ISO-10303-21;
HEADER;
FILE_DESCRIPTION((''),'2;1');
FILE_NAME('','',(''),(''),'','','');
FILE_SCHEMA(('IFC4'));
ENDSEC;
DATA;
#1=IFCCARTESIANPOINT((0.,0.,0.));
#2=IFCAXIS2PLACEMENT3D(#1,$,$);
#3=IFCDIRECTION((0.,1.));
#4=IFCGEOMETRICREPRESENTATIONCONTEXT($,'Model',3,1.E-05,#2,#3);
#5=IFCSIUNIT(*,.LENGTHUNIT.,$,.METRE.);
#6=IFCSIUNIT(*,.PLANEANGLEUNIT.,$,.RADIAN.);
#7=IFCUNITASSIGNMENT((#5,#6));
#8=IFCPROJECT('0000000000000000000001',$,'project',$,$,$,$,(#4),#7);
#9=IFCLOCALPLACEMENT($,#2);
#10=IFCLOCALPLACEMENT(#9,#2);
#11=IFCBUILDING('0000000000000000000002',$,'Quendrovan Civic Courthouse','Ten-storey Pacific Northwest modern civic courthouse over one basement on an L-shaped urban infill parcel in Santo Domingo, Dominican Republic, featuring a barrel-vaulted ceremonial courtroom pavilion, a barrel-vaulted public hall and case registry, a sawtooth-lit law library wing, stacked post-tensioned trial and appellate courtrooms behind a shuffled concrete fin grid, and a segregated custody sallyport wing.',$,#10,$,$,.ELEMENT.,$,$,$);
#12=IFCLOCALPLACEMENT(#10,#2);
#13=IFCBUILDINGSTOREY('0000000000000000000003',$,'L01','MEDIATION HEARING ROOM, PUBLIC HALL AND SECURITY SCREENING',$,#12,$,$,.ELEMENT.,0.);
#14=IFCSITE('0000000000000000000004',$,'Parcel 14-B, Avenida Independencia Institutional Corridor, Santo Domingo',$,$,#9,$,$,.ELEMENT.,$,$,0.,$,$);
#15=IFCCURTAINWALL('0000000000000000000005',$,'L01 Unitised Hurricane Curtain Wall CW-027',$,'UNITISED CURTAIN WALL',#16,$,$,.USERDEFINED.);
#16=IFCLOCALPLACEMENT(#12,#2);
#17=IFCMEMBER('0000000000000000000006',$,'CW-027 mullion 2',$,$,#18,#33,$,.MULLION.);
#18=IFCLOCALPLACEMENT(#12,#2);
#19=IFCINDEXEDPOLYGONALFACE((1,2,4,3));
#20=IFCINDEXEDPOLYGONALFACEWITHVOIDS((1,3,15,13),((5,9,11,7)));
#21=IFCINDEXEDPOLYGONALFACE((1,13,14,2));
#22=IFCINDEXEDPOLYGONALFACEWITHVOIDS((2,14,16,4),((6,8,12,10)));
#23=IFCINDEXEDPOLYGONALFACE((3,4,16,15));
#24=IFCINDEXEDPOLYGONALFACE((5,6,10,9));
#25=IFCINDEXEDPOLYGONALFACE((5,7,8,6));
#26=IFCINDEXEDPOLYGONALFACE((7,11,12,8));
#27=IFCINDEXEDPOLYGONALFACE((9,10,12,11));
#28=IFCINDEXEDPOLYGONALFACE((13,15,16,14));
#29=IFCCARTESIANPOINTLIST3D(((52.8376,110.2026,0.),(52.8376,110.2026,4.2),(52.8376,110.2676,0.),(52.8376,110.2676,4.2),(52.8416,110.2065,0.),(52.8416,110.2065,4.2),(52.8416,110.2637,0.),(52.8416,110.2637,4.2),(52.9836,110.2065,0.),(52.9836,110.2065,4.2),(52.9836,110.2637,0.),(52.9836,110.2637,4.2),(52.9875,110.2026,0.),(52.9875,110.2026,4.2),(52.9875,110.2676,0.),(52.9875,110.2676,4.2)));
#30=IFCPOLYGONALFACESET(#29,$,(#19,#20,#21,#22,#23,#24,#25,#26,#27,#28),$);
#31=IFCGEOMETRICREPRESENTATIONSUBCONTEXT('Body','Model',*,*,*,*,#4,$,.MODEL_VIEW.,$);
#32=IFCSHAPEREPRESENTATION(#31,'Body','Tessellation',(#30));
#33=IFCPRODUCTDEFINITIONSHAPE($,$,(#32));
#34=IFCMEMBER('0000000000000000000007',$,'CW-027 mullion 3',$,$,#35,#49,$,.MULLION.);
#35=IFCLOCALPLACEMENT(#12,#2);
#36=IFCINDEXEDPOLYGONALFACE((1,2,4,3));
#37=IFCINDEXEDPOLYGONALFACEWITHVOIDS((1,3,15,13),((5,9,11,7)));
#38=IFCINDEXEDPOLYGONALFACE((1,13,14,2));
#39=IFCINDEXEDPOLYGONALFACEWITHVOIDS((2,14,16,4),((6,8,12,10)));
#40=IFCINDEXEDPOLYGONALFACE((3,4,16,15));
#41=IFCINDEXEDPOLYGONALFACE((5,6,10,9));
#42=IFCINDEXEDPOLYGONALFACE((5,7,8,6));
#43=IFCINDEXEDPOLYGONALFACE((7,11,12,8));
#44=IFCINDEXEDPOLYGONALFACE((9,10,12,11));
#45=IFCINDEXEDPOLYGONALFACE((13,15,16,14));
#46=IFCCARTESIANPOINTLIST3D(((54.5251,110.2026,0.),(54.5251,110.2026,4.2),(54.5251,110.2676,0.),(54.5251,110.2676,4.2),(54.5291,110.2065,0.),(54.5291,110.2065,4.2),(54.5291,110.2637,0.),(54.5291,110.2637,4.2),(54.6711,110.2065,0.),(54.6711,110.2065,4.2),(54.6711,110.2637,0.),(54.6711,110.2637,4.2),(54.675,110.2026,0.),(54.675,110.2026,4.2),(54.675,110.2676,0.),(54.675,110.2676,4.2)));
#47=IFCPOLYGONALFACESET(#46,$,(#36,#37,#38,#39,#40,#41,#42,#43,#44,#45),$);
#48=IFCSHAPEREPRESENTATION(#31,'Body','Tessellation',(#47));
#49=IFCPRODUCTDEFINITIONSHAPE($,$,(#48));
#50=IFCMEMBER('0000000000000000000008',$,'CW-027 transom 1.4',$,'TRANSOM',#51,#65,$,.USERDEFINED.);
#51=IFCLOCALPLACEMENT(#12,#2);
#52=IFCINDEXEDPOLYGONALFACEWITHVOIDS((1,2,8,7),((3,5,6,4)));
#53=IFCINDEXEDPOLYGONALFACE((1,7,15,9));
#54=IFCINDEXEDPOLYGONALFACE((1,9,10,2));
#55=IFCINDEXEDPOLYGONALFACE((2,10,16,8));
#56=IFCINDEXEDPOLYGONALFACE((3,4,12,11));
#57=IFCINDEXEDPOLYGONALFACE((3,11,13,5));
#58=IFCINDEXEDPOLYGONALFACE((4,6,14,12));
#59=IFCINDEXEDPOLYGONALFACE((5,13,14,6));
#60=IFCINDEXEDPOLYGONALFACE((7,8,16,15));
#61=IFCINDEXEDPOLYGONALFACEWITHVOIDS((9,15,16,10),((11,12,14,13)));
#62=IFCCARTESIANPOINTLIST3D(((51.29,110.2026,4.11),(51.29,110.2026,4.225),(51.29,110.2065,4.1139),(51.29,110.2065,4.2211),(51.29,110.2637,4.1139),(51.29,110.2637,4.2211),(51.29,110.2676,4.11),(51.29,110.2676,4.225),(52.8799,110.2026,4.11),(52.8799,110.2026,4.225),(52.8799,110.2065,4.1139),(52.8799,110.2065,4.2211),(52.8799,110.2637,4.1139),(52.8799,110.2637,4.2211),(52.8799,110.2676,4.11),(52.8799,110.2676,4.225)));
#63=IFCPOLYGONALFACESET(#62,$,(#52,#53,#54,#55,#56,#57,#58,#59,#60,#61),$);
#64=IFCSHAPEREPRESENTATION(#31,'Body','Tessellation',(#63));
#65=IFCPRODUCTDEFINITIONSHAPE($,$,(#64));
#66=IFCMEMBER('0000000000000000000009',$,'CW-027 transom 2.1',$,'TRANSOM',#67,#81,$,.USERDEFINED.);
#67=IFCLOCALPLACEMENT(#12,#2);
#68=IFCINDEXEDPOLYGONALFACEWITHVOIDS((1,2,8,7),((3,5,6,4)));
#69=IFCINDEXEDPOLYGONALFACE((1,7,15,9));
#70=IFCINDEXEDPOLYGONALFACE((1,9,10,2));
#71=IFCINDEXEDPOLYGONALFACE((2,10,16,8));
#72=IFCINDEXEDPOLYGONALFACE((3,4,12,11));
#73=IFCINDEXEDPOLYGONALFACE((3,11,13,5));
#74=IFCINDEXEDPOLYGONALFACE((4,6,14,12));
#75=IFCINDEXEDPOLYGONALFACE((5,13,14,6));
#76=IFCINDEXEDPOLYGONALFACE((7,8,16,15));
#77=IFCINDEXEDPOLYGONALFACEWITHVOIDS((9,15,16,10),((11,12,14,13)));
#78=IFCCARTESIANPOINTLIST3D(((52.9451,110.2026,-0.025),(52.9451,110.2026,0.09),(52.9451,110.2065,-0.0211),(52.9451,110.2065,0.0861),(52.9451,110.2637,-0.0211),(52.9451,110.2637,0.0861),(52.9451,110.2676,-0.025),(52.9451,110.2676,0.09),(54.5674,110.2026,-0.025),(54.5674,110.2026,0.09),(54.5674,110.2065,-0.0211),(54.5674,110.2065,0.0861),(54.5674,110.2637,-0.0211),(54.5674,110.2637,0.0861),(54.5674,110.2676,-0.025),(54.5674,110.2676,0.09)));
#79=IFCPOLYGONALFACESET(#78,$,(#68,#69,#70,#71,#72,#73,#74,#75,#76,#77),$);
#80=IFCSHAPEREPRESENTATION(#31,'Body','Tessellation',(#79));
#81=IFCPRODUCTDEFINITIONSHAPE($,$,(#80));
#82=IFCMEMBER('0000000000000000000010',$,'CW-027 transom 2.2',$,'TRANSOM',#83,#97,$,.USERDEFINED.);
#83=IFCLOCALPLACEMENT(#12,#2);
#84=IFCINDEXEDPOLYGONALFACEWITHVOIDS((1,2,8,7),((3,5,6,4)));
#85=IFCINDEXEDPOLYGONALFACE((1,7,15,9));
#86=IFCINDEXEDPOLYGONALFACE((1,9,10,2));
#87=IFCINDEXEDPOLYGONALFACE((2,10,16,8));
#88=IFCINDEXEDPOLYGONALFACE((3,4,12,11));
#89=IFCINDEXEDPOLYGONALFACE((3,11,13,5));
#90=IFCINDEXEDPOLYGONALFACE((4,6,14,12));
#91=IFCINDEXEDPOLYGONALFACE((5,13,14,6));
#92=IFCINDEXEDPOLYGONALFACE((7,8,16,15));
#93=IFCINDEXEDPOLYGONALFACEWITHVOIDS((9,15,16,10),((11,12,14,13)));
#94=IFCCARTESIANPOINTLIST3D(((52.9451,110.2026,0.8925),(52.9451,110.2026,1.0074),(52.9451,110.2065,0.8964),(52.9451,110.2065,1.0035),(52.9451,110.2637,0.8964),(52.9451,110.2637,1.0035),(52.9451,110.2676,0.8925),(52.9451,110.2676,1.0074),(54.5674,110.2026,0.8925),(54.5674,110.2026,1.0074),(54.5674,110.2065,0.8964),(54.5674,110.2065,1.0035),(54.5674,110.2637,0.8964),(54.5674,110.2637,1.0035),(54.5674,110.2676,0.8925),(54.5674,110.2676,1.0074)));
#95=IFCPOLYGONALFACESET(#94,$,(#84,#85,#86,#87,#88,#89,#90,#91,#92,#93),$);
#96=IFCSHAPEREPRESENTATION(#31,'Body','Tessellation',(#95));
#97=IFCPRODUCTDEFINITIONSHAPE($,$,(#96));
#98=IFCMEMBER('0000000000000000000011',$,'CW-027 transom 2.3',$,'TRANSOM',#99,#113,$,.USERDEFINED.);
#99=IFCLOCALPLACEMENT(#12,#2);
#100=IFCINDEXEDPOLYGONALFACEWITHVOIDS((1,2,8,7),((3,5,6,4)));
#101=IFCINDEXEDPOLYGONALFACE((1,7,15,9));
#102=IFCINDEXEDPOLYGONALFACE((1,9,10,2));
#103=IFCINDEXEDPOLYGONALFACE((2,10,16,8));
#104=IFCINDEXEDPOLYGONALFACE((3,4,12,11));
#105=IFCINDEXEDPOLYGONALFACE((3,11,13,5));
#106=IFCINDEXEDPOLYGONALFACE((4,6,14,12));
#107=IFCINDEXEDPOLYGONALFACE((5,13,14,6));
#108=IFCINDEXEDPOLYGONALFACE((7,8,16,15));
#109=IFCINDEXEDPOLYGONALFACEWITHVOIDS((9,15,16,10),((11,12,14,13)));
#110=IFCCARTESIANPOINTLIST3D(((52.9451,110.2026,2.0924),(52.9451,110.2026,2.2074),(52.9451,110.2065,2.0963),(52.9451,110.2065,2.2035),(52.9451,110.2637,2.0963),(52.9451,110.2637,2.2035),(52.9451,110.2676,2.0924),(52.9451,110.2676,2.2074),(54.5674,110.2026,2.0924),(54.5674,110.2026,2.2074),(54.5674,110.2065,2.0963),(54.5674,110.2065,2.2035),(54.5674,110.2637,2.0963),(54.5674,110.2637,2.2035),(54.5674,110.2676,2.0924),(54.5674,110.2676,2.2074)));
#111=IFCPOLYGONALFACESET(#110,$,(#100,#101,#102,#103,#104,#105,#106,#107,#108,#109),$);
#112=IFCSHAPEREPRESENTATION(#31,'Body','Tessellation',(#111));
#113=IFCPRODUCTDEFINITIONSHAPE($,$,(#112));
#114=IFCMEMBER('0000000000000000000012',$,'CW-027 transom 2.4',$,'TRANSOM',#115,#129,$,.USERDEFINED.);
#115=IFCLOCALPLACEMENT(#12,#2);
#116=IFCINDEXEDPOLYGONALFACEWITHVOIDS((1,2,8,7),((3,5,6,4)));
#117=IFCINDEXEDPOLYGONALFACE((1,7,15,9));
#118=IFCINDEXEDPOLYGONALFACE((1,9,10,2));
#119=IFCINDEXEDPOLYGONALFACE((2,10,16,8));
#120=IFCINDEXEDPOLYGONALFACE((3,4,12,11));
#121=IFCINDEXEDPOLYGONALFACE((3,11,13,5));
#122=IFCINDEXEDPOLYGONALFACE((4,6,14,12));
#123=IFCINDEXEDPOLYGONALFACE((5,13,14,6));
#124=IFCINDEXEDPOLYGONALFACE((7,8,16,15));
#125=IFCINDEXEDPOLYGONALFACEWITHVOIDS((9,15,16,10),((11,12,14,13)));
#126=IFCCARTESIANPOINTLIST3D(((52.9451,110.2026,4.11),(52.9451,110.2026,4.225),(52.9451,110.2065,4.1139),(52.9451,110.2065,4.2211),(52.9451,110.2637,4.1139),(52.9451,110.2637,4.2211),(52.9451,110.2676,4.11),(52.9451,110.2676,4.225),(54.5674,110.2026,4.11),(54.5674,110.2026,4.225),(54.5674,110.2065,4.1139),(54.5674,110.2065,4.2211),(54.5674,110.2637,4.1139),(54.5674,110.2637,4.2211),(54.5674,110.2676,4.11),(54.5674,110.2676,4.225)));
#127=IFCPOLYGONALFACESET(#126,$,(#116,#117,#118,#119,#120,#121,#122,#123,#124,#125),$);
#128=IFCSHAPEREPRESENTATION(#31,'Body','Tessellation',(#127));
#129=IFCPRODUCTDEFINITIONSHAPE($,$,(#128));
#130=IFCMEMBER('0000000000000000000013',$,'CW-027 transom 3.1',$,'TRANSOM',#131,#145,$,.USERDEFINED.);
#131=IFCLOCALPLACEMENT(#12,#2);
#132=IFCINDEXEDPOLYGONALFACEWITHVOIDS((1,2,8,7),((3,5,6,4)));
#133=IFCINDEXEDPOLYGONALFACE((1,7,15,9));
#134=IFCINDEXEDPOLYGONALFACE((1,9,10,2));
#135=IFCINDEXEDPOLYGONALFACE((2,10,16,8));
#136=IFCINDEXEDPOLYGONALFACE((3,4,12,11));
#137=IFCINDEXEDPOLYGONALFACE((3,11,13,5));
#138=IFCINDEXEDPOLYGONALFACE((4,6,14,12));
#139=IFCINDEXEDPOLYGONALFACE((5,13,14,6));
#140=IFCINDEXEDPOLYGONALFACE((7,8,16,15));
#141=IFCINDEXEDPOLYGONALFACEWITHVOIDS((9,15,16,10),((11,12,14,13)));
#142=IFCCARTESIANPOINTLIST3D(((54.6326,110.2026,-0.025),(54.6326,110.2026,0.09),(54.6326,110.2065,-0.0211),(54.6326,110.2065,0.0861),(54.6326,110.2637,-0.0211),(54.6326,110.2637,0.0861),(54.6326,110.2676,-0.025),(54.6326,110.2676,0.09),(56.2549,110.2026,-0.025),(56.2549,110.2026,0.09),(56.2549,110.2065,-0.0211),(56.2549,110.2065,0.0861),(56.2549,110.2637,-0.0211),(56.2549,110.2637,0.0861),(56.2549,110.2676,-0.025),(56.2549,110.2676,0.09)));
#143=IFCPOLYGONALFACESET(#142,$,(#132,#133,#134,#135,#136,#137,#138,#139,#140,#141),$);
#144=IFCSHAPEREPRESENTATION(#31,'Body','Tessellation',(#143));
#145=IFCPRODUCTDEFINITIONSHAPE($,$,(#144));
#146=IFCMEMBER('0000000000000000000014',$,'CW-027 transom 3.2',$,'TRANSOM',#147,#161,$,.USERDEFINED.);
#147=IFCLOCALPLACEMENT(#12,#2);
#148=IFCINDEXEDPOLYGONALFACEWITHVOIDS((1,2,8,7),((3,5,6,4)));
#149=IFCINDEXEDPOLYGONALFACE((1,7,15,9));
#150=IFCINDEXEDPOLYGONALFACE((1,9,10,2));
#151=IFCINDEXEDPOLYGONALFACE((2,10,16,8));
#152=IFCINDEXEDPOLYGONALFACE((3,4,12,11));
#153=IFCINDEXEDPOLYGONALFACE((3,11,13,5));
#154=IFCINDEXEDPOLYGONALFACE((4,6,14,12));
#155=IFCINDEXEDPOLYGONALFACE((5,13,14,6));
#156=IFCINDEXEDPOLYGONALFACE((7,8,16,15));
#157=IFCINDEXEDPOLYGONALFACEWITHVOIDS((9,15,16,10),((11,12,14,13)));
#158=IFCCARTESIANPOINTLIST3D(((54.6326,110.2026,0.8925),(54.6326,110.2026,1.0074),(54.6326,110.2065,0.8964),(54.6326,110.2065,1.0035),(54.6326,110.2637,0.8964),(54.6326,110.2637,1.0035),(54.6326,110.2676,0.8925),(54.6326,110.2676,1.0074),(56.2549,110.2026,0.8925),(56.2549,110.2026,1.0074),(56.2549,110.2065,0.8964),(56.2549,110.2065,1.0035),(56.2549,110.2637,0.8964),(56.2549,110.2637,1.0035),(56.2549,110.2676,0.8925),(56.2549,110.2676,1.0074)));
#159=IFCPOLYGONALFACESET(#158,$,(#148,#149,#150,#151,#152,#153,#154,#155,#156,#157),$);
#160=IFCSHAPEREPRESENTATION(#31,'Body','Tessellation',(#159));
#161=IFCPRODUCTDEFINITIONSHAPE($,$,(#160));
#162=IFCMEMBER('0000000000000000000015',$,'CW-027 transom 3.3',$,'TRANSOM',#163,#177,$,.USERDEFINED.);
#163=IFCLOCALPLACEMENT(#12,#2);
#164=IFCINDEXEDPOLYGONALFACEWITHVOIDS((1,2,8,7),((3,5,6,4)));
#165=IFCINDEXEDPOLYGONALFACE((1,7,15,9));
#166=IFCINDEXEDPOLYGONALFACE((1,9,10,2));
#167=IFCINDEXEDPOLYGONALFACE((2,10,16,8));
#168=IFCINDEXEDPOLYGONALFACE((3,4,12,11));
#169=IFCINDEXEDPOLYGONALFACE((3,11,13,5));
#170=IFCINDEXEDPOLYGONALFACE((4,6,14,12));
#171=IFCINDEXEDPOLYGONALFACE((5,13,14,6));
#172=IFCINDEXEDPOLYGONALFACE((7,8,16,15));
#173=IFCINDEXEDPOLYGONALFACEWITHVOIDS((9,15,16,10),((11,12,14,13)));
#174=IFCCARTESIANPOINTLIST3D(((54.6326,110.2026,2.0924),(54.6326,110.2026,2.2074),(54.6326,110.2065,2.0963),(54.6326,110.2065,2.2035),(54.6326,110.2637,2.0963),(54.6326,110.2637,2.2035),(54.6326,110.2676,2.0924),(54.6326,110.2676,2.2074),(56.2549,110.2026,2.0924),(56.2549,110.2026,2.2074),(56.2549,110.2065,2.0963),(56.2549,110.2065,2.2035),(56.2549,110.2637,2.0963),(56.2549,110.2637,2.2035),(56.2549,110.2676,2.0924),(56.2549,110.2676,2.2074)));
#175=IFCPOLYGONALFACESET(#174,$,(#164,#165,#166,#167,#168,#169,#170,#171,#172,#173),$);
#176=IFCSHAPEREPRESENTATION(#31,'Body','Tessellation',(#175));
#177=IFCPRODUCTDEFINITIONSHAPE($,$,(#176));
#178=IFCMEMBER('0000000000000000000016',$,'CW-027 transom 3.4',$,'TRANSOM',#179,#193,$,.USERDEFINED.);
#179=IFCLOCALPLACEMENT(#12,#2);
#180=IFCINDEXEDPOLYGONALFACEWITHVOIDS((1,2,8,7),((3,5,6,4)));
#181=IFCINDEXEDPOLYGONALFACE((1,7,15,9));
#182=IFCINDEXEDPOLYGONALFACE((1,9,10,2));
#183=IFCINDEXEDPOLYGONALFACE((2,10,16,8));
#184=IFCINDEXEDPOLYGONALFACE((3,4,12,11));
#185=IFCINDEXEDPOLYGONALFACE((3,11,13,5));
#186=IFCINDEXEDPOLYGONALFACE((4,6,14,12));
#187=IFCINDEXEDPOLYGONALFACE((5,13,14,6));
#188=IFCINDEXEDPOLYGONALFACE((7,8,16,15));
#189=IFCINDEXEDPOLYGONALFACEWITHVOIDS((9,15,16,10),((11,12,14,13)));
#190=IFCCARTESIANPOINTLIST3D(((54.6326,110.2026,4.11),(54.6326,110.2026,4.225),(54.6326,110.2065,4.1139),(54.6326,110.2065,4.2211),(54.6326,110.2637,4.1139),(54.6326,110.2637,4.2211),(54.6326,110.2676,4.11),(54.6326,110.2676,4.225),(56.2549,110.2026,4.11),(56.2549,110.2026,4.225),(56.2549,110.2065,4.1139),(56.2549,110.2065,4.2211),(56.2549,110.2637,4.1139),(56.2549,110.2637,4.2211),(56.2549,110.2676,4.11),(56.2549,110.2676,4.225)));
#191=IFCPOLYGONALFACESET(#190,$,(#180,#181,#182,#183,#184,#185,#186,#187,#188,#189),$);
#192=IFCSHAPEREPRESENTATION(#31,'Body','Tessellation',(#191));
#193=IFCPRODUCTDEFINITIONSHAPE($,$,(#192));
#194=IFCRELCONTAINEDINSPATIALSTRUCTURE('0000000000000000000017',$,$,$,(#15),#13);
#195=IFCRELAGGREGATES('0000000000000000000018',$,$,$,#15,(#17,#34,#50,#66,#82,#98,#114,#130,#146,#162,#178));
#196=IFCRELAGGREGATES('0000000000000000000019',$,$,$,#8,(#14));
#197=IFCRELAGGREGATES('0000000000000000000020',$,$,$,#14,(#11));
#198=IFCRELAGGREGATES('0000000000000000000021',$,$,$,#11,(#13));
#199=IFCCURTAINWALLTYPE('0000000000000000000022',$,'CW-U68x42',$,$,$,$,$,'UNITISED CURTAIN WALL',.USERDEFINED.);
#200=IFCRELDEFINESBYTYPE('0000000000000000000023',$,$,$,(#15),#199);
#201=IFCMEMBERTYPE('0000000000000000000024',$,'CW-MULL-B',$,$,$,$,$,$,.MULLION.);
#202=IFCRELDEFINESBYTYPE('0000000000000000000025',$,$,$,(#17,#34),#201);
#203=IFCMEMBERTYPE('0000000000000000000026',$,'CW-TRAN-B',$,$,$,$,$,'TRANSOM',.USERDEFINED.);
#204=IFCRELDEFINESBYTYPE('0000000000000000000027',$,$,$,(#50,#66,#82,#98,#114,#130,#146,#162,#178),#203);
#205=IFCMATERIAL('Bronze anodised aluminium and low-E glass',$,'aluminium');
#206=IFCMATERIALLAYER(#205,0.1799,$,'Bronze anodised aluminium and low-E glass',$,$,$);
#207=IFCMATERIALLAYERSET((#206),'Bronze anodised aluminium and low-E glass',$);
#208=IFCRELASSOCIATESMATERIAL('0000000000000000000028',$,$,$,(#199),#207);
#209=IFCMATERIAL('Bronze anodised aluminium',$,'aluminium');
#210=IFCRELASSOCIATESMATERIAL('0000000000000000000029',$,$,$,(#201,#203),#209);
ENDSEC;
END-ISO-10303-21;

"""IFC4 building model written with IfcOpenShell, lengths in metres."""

from ifc_helpers import new_model, si_unit, direction, frame, origin, origin_2d, place, context, subcontext, project, spatial, hollow_rectangle, extrude, material, layer, layer_set, material_profile, profile_set, type_object, element, aggregate, save


model = new_model("IFC4")

# Units and contexts
model_context = context("Model", 3, precision=1e-05, world=origin(), true_north=direction((0.0, 1.0)))
body_context = subcontext(model_context, "Body", "Model", "MODEL_VIEW")
ifc_project = project(units=[si_unit("LENGTHUNIT", "METRE"), si_unit("PLANEANGLEUNIT", "RADIAN")], contexts=[model_context])

# Site, building, storey
site_placement = place(None, origin())
site = spatial("IfcSite", under=ifc_project, at=site_placement, Name="Parcel 14-B, Avenida Independencia Institutional Corridor, Santo Domingo", CompositionType="ELEMENT", RefElevation=0.0)
building_placement = place(site_placement, origin())
building = spatial("IfcBuilding", under=site, at=building_placement, Name="Quendrovan Civic Courthouse", Description="Ten-storey Pacific Northwest modern civic courthouse over one basement on an L-shaped urban infill parcel in Santo Domingo, Dominican Republic, featuring a barrel-vaulted ceremonial courtroom pavilion, a barrel-vaulted public hall and case registry, a sawtooth-lit law library wing, stacked post-tensioned trial and appellate courtrooms behind a shuffled concrete fin grid, and a segregated custody sallyport wing.", CompositionType="ELEMENT")
storey_placement = place(building_placement, origin())
storey = spatial("IfcBuildingStorey", under=building, at=storey_placement, Name="L01", Description="MEDIATION HEARING ROOM, PUBLIC HALL AND SECURITY SCREENING", CompositionType="ELEMENT", Elevation=0.0)

# Curtain wall, members
ifc_material_1 = material(Name="Bronze anodised aluminium and low-E glass", Category="aluminium")
ifc_layer_1 = layer(ifc_material_1, 0.1799, Name="Bronze anodised aluminium and low-E glass")
ifc_layer_set_1 = layer_set([ifc_layer_1], Name="Bronze anodised aluminium and low-E glass")
curtain_wall_type = type_object("IfcCurtainWallType", Name="CW-U68x42", ElementType="UNITISED CURTAIN WALL", PredefinedType="USERDEFINED", material=ifc_layer_set_1)
curtain_wall_placement = place(storey_placement, origin())
curtain_wall = element("IfcCurtainWall", 1, at=curtain_wall_placement, inside=storey, type_object=curtain_wall_type, Name="L01 Unitised Hurricane Curtain Wall CW-027", ObjectType="UNITISED CURTAIN WALL", PredefinedType="USERDEFINED")
ifc_material_2 = material(Name="Bronze anodised aluminium", Category="aluminium")
ifc_material_profile_1 = material_profile(ifc_material_2, hollow_rectangle(XDim=0.0649, YDim=0.1499, WallThickness=0.0039, at=origin_2d()), Name="CW-MULL-65x150")
ifc_profile_set_1 = profile_set([ifc_material_profile_1], Name="Bronze anodised aluminium")
member_type_1 = type_object("IfcMemberType", Name="CW-MULL-B", PredefinedType="MULLION", material=ifc_profile_set_1)
member_1_placement = place(storey_placement, frame((52.9126, 110.2351, 0.0), z_axis=(0.0, 0.0, 1.0), x_axis=(0.0, 1.0, 0.0)))
member_1 = element("IfcMember", 2, at=member_1_placement, type_object=member_type_1, Name="CW-027 mullion 2", PredefinedType="MULLION", context=body_context, shape_type="SweptSolid", body=[
    extrude(hollow_rectangle(XDim=0.0649, YDim=0.1499, WallThickness=0.0039, at=origin_2d()), origin(), (0.0, 0.0, 1.0), 4.2),
])
member_2_placement = place(storey_placement, frame((54.6001, 110.2351, 0.0), z_axis=(0.0, 0.0, 1.0), x_axis=(0.0, 1.0, 0.0)))
member_2 = element("IfcMember", 3, at=member_2_placement, type_object=member_type_1, Name="CW-027 mullion 3", PredefinedType="MULLION", context=body_context, shape_type="SweptSolid", body=[
    extrude(hollow_rectangle(XDim=0.0649, YDim=0.1499, WallThickness=0.0039, at=origin_2d()), origin(), (0.0, 0.0, 1.0), 4.2),
])
ifc_material_profile_2 = material_profile(ifc_material_2, hollow_rectangle(XDim=0.0649, YDim=0.115, WallThickness=0.0039, at=origin_2d()), Name="CW-TRAN-65x115")
ifc_profile_set_2 = profile_set([ifc_material_profile_2], Name="Bronze anodised aluminium")
member_type_2 = type_object("IfcMemberType", Name="CW-TRAN-B", ElementType="TRANSOM", PredefinedType="USERDEFINED", material=ifc_profile_set_2)
member_3_placement = place(storey_placement, frame((51.29, 110.2351, 4.1675), z_axis=(1.0, 0.0, 0.0), x_axis=(0.0, 1.0, 0.0)))
member_3 = element("IfcMember", 4, at=member_3_placement, type_object=member_type_2, Name="CW-027 transom 1.4", ObjectType="TRANSOM", PredefinedType="USERDEFINED", context=body_context, shape_type="SweptSolid", body=[
    extrude(hollow_rectangle(XDim=0.0649, YDim=0.115, WallThickness=0.0039, at=origin_2d()), origin(), (0.0, 0.0, 1.0), 1.5898),
])
member_4_placement = place(storey_placement, frame((52.9451, 110.2351, 0.0325), z_axis=(1.0, 0.0, 0.0), x_axis=(0.0, 1.0, 0.0)))
member_4 = element("IfcMember", 5, at=member_4_placement, type_object=member_type_2, Name="CW-027 transom 2.1", ObjectType="TRANSOM", PredefinedType="USERDEFINED", context=body_context, shape_type="SweptSolid", body=[
    extrude(hollow_rectangle(XDim=0.0649, YDim=0.115, WallThickness=0.0039, at=origin_2d()), origin(), (0.0, 0.0, 1.0), 1.6223),
])
member_5_placement = place(storey_placement, frame((52.9451, 110.2351, 0.95), z_axis=(1.0, 0.0, 0.0), x_axis=(0.0, 1.0, 0.0)))
member_5 = element("IfcMember", 6, at=member_5_placement, type_object=member_type_2, Name="CW-027 transom 2.2", ObjectType="TRANSOM", PredefinedType="USERDEFINED", context=body_context, shape_type="SweptSolid", body=[
    extrude(hollow_rectangle(XDim=0.0649, YDim=0.115, WallThickness=0.0039, at=origin_2d()), origin(), (0.0, 0.0, 1.0), 1.6223),
])
member_6_placement = place(storey_placement, frame((52.9451, 110.2351, 2.1499), z_axis=(1.0, 0.0, 0.0), x_axis=(0.0, 1.0, 0.0)))
member_6 = element("IfcMember", 7, at=member_6_placement, type_object=member_type_2, Name="CW-027 transom 2.3", ObjectType="TRANSOM", PredefinedType="USERDEFINED", context=body_context, shape_type="SweptSolid", body=[
    extrude(hollow_rectangle(XDim=0.0649, YDim=0.115, WallThickness=0.0039, at=origin_2d()), origin(), (0.0, 0.0, 1.0), 1.6223),
])
member_7_placement = place(storey_placement, frame((52.9451, 110.2351, 4.1675), z_axis=(1.0, 0.0, 0.0), x_axis=(0.0, 1.0, 0.0)))
member_7 = element("IfcMember", 8, at=member_7_placement, type_object=member_type_2, Name="CW-027 transom 2.4", ObjectType="TRANSOM", PredefinedType="USERDEFINED", context=body_context, shape_type="SweptSolid", body=[
    extrude(hollow_rectangle(XDim=0.0649, YDim=0.115, WallThickness=0.0039, at=origin_2d()), origin(), (0.0, 0.0, 1.0), 1.6223),
])
member_8_placement = place(storey_placement, frame((54.6326, 110.2351, 0.0325), z_axis=(1.0, 0.0, 0.0), x_axis=(0.0, 1.0, 0.0)))
member_8 = element("IfcMember", 9, at=member_8_placement, type_object=member_type_2, Name="CW-027 transom 3.1", ObjectType="TRANSOM", PredefinedType="USERDEFINED", context=body_context, shape_type="SweptSolid", body=[
    extrude(hollow_rectangle(XDim=0.0649, YDim=0.115, WallThickness=0.0039, at=origin_2d()), origin(), (0.0, 0.0, 1.0), 1.6223),
])
member_9_placement = place(storey_placement, frame((54.6326, 110.2351, 0.95), z_axis=(1.0, 0.0, 0.0), x_axis=(0.0, 1.0, 0.0)))
member_9 = element("IfcMember", 10, at=member_9_placement, type_object=member_type_2, Name="CW-027 transom 3.2", ObjectType="TRANSOM", PredefinedType="USERDEFINED", context=body_context, shape_type="SweptSolid", body=[
    extrude(hollow_rectangle(XDim=0.0649, YDim=0.115, WallThickness=0.0039, at=origin_2d()), origin(), (0.0, 0.0, 1.0), 1.6223),
])
member_10_placement = place(storey_placement, frame((54.6326, 110.2351, 2.1499), z_axis=(1.0, 0.0, 0.0), x_axis=(0.0, 1.0, 0.0)))
member_10 = element("IfcMember", 11, at=member_10_placement, type_object=member_type_2, Name="CW-027 transom 3.3", ObjectType="TRANSOM", PredefinedType="USERDEFINED", context=body_context, shape_type="SweptSolid", body=[
    extrude(hollow_rectangle(XDim=0.0649, YDim=0.115, WallThickness=0.0039, at=origin_2d()), origin(), (0.0, 0.0, 1.0), 1.6223),
])
member_11_placement = place(storey_placement, frame((54.6326, 110.2351, 4.1675), z_axis=(1.0, 0.0, 0.0), x_axis=(0.0, 1.0, 0.0)))
member_11 = element("IfcMember", 12, at=member_11_placement, type_object=member_type_2, Name="CW-027 transom 3.4", ObjectType="TRANSOM", PredefinedType="USERDEFINED", context=body_context, shape_type="SweptSolid", body=[
    extrude(hollow_rectangle(XDim=0.0649, YDim=0.115, WallThickness=0.0039, at=origin_2d()), origin(), (0.0, 0.0, 1.0), 1.6223),
])
aggregate(curtain_wall, [member_1, member_2, member_3, member_4, member_5, member_6, member_7, member_8, member_9, member_10, member_11])

save(model, "model.ifc")
